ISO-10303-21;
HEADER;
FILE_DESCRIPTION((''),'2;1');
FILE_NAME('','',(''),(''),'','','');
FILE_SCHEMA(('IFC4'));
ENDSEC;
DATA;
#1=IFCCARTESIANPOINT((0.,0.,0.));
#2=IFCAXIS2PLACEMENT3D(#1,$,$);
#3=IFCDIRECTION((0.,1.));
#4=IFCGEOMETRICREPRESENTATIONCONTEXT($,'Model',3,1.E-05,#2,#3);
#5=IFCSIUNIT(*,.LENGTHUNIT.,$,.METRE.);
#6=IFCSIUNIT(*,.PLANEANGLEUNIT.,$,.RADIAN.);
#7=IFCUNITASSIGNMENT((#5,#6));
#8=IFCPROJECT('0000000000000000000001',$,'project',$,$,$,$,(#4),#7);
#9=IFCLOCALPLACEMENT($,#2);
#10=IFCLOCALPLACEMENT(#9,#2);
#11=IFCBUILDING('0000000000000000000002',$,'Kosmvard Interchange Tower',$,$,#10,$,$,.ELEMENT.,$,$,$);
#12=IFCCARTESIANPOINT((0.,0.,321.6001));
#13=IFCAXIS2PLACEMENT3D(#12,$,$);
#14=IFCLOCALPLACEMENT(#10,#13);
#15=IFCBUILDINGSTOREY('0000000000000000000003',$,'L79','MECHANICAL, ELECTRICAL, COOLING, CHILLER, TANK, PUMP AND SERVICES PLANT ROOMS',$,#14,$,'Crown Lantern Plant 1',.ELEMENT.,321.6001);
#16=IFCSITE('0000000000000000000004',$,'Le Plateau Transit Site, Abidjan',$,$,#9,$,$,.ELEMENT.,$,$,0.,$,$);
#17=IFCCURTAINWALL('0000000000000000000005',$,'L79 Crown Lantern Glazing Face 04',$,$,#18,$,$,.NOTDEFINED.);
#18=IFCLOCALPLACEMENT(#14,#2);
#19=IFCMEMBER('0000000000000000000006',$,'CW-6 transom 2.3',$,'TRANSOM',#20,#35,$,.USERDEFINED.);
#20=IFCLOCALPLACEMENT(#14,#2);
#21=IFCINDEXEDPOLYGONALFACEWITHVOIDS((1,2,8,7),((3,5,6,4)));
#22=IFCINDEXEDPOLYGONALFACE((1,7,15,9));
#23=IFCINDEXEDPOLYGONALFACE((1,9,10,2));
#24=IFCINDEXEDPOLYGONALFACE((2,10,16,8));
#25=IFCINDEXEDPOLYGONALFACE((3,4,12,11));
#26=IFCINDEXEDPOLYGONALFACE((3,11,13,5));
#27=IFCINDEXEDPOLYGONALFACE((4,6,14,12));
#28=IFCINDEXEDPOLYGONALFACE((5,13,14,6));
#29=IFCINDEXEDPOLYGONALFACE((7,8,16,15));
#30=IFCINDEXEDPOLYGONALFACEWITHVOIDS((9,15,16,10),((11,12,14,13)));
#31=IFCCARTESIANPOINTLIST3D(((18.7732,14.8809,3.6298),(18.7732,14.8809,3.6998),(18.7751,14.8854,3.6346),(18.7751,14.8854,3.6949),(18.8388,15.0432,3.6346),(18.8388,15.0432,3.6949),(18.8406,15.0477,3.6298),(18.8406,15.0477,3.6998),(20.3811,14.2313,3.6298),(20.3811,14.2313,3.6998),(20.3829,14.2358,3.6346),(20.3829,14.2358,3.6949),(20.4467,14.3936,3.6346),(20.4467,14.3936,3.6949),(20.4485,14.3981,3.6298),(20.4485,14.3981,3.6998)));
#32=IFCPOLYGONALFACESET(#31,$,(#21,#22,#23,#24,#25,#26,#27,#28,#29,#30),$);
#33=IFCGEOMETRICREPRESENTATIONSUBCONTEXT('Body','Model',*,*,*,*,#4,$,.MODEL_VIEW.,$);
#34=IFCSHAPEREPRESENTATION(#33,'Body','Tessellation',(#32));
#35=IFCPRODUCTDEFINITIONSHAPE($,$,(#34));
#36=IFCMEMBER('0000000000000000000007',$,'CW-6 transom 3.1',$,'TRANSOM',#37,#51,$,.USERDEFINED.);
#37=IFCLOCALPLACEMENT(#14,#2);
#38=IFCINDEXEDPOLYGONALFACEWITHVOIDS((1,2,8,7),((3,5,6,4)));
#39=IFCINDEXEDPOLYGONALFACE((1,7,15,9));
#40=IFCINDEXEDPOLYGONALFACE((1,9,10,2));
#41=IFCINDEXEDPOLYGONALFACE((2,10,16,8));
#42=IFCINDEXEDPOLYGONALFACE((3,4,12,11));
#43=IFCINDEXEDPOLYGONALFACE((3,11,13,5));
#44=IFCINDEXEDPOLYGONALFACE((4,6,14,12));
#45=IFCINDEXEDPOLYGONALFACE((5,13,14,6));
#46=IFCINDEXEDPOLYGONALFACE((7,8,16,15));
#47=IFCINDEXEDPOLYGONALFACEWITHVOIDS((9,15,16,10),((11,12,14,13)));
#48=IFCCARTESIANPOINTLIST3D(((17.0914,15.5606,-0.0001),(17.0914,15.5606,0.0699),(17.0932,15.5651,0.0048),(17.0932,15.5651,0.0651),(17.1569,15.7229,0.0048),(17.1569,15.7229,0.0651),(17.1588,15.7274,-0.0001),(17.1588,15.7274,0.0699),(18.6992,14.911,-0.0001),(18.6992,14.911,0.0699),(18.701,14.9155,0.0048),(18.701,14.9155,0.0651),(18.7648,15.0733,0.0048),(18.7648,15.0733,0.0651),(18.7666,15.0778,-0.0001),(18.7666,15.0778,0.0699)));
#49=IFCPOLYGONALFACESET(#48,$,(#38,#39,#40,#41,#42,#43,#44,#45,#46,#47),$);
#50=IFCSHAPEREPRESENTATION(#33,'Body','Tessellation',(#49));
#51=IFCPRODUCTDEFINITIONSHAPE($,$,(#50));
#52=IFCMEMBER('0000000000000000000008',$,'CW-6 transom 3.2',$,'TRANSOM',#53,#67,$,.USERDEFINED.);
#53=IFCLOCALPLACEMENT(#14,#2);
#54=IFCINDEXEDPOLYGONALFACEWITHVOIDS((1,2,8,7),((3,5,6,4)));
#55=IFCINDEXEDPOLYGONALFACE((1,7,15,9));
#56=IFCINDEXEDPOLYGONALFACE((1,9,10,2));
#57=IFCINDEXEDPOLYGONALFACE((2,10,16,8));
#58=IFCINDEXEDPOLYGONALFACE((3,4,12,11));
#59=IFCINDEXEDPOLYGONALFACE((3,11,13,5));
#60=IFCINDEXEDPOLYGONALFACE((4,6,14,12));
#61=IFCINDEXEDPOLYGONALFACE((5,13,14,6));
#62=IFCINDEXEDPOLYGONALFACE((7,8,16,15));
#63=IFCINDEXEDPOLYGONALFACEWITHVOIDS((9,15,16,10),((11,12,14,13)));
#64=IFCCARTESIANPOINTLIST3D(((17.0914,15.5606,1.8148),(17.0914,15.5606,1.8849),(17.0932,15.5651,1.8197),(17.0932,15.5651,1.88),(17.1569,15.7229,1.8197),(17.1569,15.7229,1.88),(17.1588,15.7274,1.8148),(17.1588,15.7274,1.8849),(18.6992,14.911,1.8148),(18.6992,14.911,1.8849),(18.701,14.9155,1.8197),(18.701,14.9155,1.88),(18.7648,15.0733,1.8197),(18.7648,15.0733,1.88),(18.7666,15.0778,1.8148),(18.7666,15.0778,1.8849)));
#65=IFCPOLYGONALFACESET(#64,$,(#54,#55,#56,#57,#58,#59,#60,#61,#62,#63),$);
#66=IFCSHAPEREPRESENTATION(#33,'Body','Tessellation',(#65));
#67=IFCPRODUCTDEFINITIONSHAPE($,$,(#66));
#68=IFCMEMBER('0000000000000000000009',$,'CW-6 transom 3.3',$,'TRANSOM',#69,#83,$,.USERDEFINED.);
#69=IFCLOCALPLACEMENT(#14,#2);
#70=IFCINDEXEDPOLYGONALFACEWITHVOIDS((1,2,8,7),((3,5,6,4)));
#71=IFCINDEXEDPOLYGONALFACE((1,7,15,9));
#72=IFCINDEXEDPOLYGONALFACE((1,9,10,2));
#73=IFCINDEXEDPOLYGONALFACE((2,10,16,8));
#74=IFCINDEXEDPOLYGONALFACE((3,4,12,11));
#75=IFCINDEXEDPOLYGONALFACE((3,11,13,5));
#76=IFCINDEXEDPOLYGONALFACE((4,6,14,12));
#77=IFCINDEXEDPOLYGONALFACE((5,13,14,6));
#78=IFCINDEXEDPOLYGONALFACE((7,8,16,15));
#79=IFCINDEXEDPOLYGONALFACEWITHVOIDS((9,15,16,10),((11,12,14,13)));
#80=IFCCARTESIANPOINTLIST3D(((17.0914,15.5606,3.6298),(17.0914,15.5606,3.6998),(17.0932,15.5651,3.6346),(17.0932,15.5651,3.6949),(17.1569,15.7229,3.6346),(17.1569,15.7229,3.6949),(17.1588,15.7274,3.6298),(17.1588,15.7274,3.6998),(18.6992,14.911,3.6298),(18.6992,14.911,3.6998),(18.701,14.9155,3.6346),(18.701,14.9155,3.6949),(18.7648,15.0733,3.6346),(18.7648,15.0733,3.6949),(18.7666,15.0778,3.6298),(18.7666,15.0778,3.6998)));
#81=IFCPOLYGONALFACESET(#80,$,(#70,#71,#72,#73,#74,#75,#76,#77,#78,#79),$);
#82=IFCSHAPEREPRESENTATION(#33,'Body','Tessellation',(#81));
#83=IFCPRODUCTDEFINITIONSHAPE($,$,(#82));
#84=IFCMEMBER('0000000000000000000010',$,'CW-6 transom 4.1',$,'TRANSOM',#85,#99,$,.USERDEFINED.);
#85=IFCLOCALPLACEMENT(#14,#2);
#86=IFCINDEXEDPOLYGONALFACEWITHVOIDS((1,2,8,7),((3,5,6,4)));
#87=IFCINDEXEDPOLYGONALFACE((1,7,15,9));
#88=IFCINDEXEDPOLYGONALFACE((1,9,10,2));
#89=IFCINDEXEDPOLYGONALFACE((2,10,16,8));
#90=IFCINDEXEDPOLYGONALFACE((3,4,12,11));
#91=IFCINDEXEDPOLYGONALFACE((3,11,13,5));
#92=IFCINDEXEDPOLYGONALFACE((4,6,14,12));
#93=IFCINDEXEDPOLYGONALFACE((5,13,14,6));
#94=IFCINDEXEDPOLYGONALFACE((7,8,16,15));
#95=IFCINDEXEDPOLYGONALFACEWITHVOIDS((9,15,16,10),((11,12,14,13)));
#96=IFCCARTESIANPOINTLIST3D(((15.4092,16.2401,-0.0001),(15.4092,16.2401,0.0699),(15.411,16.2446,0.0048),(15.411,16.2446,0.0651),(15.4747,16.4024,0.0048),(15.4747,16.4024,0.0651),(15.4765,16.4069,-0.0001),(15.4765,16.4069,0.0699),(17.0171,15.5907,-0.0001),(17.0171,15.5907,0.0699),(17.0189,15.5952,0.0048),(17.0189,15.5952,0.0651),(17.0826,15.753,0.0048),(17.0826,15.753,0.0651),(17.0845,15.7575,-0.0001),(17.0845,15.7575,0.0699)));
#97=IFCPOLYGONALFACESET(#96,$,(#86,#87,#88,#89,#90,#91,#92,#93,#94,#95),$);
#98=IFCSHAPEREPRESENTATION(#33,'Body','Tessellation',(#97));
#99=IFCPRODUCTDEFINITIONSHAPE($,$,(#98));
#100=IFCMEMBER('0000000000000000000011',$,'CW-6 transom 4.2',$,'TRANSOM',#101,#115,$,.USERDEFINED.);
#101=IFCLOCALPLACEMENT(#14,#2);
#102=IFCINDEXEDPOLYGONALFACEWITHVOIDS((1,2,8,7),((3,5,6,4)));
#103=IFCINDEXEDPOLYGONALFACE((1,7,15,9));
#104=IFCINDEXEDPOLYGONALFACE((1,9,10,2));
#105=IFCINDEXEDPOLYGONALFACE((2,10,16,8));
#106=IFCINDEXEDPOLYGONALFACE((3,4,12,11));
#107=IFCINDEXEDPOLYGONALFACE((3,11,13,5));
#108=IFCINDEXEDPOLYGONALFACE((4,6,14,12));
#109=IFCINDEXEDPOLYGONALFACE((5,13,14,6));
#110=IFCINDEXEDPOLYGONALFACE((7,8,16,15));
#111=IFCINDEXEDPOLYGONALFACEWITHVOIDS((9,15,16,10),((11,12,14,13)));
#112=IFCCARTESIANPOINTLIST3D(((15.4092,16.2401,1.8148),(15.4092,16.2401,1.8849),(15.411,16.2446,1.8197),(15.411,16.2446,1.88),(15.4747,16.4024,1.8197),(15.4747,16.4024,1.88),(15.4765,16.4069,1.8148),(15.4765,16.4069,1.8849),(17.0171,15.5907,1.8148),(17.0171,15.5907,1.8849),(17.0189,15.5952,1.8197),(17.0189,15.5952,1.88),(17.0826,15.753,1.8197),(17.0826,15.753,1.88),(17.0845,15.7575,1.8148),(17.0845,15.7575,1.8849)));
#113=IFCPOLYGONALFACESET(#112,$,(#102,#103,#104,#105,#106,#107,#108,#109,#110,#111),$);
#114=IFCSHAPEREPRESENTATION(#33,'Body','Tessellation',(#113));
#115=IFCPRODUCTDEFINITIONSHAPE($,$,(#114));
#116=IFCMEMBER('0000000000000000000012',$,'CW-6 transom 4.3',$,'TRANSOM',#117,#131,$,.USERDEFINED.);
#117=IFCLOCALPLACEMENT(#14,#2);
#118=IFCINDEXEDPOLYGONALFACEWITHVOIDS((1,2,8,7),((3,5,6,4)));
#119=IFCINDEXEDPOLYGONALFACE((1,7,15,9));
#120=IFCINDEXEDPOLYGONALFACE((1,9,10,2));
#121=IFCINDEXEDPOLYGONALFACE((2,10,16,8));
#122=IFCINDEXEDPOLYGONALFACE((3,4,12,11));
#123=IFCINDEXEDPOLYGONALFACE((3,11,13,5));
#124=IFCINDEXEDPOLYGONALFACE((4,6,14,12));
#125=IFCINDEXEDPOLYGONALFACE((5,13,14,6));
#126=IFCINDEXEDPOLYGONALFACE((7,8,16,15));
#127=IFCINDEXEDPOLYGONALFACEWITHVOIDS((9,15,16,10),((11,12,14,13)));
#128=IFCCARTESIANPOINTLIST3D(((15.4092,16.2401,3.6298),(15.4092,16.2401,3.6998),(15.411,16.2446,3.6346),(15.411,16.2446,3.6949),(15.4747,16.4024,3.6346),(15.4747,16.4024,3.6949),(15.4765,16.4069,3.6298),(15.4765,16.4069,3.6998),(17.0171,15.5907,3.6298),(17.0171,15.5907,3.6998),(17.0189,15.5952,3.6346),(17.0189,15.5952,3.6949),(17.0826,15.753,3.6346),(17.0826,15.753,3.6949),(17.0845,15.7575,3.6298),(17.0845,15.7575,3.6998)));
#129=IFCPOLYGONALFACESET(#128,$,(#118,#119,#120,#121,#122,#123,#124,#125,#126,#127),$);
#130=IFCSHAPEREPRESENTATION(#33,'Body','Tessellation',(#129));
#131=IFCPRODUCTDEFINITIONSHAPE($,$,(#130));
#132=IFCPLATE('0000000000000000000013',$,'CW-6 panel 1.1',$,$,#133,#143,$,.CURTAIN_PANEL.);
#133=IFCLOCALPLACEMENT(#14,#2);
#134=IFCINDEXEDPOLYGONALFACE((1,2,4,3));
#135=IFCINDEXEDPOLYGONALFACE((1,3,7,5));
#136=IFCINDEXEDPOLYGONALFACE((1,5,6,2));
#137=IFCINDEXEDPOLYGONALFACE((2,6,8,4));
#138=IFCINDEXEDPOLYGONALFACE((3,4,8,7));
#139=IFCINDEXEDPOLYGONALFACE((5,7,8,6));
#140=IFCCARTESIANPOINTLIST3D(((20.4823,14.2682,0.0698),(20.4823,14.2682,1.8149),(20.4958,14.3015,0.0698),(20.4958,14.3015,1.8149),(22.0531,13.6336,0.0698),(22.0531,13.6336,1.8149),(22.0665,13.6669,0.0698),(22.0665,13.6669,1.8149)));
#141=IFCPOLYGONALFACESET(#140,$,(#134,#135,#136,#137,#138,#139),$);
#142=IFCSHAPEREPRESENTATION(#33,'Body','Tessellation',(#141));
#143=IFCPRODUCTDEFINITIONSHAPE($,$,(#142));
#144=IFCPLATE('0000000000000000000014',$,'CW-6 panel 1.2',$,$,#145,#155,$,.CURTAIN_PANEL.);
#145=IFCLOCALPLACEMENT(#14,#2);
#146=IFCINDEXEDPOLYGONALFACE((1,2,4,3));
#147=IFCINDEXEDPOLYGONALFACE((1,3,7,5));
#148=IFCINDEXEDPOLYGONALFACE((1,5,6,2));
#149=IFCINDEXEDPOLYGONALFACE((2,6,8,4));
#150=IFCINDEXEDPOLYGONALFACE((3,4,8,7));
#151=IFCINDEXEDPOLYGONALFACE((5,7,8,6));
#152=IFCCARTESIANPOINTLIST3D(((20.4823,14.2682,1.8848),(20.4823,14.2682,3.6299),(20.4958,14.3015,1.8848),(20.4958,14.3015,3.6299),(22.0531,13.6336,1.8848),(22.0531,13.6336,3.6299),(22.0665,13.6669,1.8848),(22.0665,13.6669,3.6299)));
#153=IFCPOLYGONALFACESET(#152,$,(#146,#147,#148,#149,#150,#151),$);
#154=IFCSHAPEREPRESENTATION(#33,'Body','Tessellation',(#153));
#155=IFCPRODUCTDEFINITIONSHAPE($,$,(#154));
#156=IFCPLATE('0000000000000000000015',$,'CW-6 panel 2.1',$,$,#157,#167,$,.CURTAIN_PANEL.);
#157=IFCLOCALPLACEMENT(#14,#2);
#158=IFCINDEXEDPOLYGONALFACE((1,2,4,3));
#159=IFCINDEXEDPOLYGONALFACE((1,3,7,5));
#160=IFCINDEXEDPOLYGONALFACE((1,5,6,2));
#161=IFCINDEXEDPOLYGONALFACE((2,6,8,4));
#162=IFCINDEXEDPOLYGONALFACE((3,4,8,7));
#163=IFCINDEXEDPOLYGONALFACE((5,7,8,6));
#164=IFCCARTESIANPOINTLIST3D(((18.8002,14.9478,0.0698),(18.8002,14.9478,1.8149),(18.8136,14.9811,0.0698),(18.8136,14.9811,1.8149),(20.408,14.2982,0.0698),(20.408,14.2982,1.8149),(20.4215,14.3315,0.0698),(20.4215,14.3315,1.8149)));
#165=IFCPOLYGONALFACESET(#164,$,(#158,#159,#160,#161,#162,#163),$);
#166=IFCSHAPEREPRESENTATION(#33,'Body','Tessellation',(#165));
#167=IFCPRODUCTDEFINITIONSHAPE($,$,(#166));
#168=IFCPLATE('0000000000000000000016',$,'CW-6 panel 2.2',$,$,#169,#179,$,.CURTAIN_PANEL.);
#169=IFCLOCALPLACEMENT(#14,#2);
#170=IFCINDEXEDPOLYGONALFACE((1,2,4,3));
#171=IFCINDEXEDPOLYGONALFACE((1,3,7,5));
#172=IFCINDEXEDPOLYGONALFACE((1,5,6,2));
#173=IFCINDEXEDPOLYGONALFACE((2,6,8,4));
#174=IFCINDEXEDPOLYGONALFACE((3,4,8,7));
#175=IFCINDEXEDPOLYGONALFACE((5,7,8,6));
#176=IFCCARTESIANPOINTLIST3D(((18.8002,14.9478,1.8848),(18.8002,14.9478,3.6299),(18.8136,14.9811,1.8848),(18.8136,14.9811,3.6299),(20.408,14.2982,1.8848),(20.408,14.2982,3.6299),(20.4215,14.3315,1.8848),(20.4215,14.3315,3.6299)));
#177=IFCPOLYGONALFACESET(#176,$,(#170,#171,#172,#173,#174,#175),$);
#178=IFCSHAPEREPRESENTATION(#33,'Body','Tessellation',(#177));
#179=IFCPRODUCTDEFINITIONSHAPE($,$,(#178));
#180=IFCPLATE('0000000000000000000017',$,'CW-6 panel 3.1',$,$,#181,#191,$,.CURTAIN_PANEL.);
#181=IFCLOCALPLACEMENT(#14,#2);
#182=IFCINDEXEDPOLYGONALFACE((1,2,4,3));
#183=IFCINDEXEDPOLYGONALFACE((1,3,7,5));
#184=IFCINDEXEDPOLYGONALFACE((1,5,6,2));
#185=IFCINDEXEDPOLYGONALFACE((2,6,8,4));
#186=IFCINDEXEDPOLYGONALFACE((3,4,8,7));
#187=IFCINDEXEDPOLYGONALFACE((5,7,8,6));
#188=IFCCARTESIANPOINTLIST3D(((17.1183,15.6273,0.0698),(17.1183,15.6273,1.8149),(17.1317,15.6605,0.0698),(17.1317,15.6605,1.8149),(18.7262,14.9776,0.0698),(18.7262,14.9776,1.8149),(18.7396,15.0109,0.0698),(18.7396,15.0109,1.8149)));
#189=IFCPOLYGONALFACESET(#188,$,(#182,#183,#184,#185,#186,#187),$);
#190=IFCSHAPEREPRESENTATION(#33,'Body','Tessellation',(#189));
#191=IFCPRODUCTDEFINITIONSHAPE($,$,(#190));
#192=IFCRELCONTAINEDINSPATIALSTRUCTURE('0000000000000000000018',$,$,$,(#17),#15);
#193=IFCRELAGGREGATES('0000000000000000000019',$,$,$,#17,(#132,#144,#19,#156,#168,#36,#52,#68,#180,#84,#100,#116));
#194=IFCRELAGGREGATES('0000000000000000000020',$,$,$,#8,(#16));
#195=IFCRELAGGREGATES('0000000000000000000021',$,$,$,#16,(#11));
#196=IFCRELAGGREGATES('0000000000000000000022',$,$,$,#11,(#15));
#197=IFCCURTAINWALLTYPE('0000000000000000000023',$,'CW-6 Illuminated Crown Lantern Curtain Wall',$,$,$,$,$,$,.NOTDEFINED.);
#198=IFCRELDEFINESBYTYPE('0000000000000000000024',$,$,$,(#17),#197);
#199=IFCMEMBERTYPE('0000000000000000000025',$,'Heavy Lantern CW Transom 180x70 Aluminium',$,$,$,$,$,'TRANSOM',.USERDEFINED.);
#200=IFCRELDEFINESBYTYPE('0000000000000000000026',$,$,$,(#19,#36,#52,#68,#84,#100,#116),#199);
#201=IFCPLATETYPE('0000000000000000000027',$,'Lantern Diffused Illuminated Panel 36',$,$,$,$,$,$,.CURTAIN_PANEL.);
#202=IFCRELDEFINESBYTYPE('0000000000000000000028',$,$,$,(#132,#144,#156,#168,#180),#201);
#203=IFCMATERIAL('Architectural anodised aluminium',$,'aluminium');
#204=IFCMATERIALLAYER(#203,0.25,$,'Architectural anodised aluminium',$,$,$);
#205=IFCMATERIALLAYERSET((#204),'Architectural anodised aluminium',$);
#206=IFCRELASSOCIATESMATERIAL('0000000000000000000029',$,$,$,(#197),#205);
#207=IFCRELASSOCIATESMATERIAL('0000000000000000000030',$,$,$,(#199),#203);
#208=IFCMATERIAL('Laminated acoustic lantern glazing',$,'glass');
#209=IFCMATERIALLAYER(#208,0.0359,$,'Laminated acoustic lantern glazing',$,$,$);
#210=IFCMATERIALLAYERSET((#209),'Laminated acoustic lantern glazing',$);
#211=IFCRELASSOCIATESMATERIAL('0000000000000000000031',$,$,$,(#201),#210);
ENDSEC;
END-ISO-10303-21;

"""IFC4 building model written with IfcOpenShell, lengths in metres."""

from ifc_helpers import new_model, si_unit, direction, frame, origin, origin_2d, place, context, subcontext, project, spatial, rectangle, hollow_rectangle, extrude, source, transform, mapped, material, layer, layer_set, material_profile, profile_set, type_object, element, aggregate, save


model = new_model("IFC4")

# Units and contexts
model_context = context("Model", 3, precision=1e-05, world=origin(), true_north=direction((0.0, 1.0)))
body_context = subcontext(model_context, "Body", "Model", "MODEL_VIEW")
ifc_project = project(units=[si_unit("LENGTHUNIT", "METRE"), si_unit("PLANEANGLEUNIT", "RADIAN")], contexts=[model_context])

# Site, building, storey
site_placement = place(None, origin())
site = spatial("IfcSite", under=ifc_project, at=site_placement, Name="Le Plateau Transit Site, Abidjan", CompositionType="ELEMENT", RefElevation=0.0)
building_placement = place(site_placement, origin())
building = spatial("IfcBuilding", under=site, at=building_placement, Name="Kosmvard Interchange Tower", CompositionType="ELEMENT")
storey_placement = place(building_placement, frame((0.0, 0.0, 321.6001)))
storey = spatial("IfcBuildingStorey", under=building, at=storey_placement, Name="L79", Description="MECHANICAL, ELECTRICAL, COOLING, CHILLER, TANK, PUMP AND SERVICES PLANT ROOMS", LongName="Crown Lantern Plant 1", CompositionType="ELEMENT", Elevation=321.6001)

# Shared definitions
ifc_material_1 = material(Name="Architectural anodised aluminium", Category="aluminium")
ifc_layer_1 = layer(ifc_material_1, 0.25, Name="Architectural anodised aluminium")
ifc_layer_set_1 = layer_set([ifc_layer_1], Name="Architectural anodised aluminium")
curtain_wall_type = type_object("IfcCurtainWallType", Name="CW-6 Illuminated Crown Lantern Curtain Wall", PredefinedType="NOTDEFINED", material=ifc_layer_set_1)

# Curtain wall, members, plates
curtain_wall_1_placement = place(storey_placement, origin())
curtain_wall_1 = element("IfcCurtainWall", 1, at=curtain_wall_1_placement, inside=storey, type_object=curtain_wall_type, Name="L79 Crown Lantern Glazing Face 04", PredefinedType="NOTDEFINED")
ifc_material_profile_1 = material_profile(ifc_material_1, hollow_rectangle(XDim=0.1799, YDim=0.0701, WallThickness=0.0049, at=origin_2d()), Name="CWT 180x70x5")
ifc_profile_set_1 = profile_set([ifc_material_profile_1], Name="Architectural anodised aluminium")
member_type_1 = type_object("IfcMemberType", Name="Heavy Lantern CW Transom 180x70 Aluminium", ElementType="TRANSOM", PredefinedType="USERDEFINED", material=ifc_profile_set_1)
shared_shape_1 = source(origin(), body_context, "Body", "SweptSolid", [
    extrude(hollow_rectangle(XDim=0.1799, YDim=0.0701, WallThickness=0.0049, at=origin_2d()), origin(), (0.0, 0.0, 1.0), 1.7341),
])
member_1_placement = place(storey_placement, frame((20.4148, 14.3147, 3.6648), z_axis=(-0.92718, 0.374617, 0.0), x_axis=(-0.374617, -0.92718, 0.0)))
member_1 = element("IfcMember", 2, at=member_1_placement, type_object=member_type_1, Name="CW-6 transom 2.3", ObjectType="TRANSOM", PredefinedType="USERDEFINED", context=body_context, shape_type="MappedRepresentation", body=[
    mapped(shared_shape_1, transform((0.0, 0.0, 0.0), scale=1.0)),
])
member_2_placement = place(storey_placement, frame((18.7329, 14.9944, 0.0349), z_axis=(-0.92718, 0.374617, 0.0), x_axis=(-0.374617, -0.92718, 0.0)))
member_2 = element("IfcMember", 3, at=member_2_placement, type_object=member_type_1, Name="CW-6 transom 3.1", ObjectType="TRANSOM", PredefinedType="USERDEFINED", context=body_context, shape_type="MappedRepresentation", body=[
    mapped(shared_shape_1, transform((0.0, 0.0, 0.0), scale=1.0)),
])
member_3_placement = place(storey_placement, frame((18.7329, 14.9944, 1.8499), z_axis=(-0.92718, 0.374617, 0.0), x_axis=(-0.374617, -0.92718, 0.0)))
member_3 = element("IfcMember", 4, at=member_3_placement, type_object=member_type_1, Name="CW-6 transom 3.2", ObjectType="TRANSOM", PredefinedType="USERDEFINED", context=body_context, shape_type="MappedRepresentation", body=[
    mapped(shared_shape_1, transform((0.0, 0.0, 0.0), scale=1.0)),
])
member_4_placement = place(storey_placement, frame((18.7329, 14.9944, 3.6648), z_axis=(-0.92718, 0.374617, 0.0), x_axis=(-0.374617, -0.92718, 0.0)))
member_4 = element("IfcMember", 5, at=member_4_placement, type_object=member_type_1, Name="CW-6 transom 3.3", ObjectType="TRANSOM", PredefinedType="USERDEFINED", context=body_context, shape_type="MappedRepresentation", body=[
    mapped(shared_shape_1, transform((0.0, 0.0, 0.0), scale=1.0)),
])
member_5_placement = place(storey_placement, frame((17.0508, 15.6741, 0.0349), z_axis=(-0.927229, 0.374496, 0.0), x_axis=(-0.374496, -0.927229, 0.0)))
member_5 = element("IfcMember", 6, at=member_5_placement, type_object=member_type_1, Name="CW-6 transom 4.1", ObjectType="TRANSOM", PredefinedType="USERDEFINED", context=body_context, shape_type="MappedRepresentation", body=[
    mapped(shared_shape_1, transform((0.0, 0.0, 0.0), scale=1.0)),
])
member_6_placement = place(storey_placement, frame((17.0508, 15.6741, 1.8499), z_axis=(-0.927229, 0.374496, 0.0), x_axis=(-0.374496, -0.927229, 0.0)))
member_6 = element("IfcMember", 7, at=member_6_placement, type_object=member_type_1, Name="CW-6 transom 4.2", ObjectType="TRANSOM", PredefinedType="USERDEFINED", context=body_context, shape_type="MappedRepresentation", body=[
    mapped(shared_shape_1, transform((0.0, 0.0, 0.0), scale=1.0)),
])
member_7_placement = place(storey_placement, frame((17.0508, 15.6741, 3.6648), z_axis=(-0.927229, 0.374496, 0.0), x_axis=(-0.374496, -0.927229, 0.0)))
member_7 = element("IfcMember", 8, at=member_7_placement, type_object=member_type_1, Name="CW-6 transom 4.3", ObjectType="TRANSOM", PredefinedType="USERDEFINED", context=body_context, shape_type="MappedRepresentation", body=[
    mapped(shared_shape_1, transform((0.0, 0.0, 0.0), scale=1.0)),
])
ifc_material_2 = material(Name="Laminated acoustic lantern glazing", Category="glass")
ifc_layer_2 = layer(ifc_material_2, 0.0359, Name="Laminated acoustic lantern glazing")
ifc_layer_set_2 = layer_set([ifc_layer_2], Name="Laminated acoustic lantern glazing")
plate_type = type_object("IfcPlateType", Name="Lantern Diffused Illuminated Panel 36", PredefinedType="CURTAIN_PANEL", material=ifc_layer_set_2)
shared_shape_2 = source(origin(), body_context, "Body", "SweptSolid", [
    extrude(rectangle(XDim=1.6941, YDim=0.0359, at=origin_2d()), origin(), (0.0, 0.0, 1.0), 1.7451),
])
plate_1_placement = place(storey_placement, frame((21.2744, 13.9675, 0.0698), z_axis=(0.0, 0.0, 1.0), x_axis=(-0.927184, 0.374607, 0.0)))
plate_1 = element("IfcPlate", 9, at=plate_1_placement, type_object=plate_type, Name="CW-6 panel 1.1", PredefinedType="CURTAIN_PANEL", context=body_context, shape_type="MappedRepresentation", body=[
    mapped(shared_shape_2, transform((0.0, 0.0, 0.0), scale=1.0)),
])
plate_2_placement = place(storey_placement, frame((21.2744, 13.9675, 1.8848), z_axis=(0.0, 0.0, 1.0), x_axis=(-0.927184, 0.374607, 0.0)))
plate_2 = element("IfcPlate", 10, at=plate_2_placement, type_object=plate_type, Name="CW-6 panel 1.2", PredefinedType="CURTAIN_PANEL", context=body_context, shape_type="MappedRepresentation", body=[
    mapped(shared_shape_2, transform((0.0, 0.0, 0.0), scale=1.0)),
])
shared_shape_3 = source(origin(), body_context, "Body", "SweptSolid", [
    extrude(rectangle(XDim=1.7341, YDim=0.0359, at=origin_2d()), origin(), (0.0, 0.0, 1.0), 1.7451),
])
plate_3_placement = place(storey_placement, frame((19.6108, 14.6396, 0.0698), z_axis=(0.0, 0.0, 1.0), x_axis=(-0.927184, 0.374607, 0.0)))
plate_3 = element("IfcPlate", 11, at=plate_3_placement, type_object=plate_type, Name="CW-6 panel 2.1", PredefinedType="CURTAIN_PANEL", context=body_context, shape_type="MappedRepresentation", body=[
    mapped(shared_shape_3, transform((0.0, 0.0, 0.0), scale=1.0)),
])
plate_4_placement = place(storey_placement, frame((19.6108, 14.6396, 1.8848), z_axis=(0.0, 0.0, 1.0), x_axis=(-0.927184, 0.374607, 0.0)))
plate_4 = element("IfcPlate", 12, at=plate_4_placement, type_object=plate_type, Name="CW-6 panel 2.2", PredefinedType="CURTAIN_PANEL", context=body_context, shape_type="MappedRepresentation", body=[
    mapped(shared_shape_3, transform((0.0, 0.0, 0.0), scale=1.0)),
])
plate_5_placement = place(storey_placement, frame((17.929, 15.3191, 0.0698), z_axis=(0.0, 0.0, 1.0), x_axis=(-0.927184, 0.374607, 0.0)))
plate_5 = element("IfcPlate", 13, at=plate_5_placement, type_object=plate_type, Name="CW-6 panel 3.1", PredefinedType="CURTAIN_PANEL", context=body_context, shape_type="MappedRepresentation", body=[
    mapped(shared_shape_3, transform((0.0, 0.0, 0.0), scale=1.0)),
])
aggregate(curtain_wall_1, [plate_1, plate_2, member_1, plate_3, plate_4, member_2, member_3, member_4, plate_5, member_5, member_6, member_7])

save(model, "model.ifc")
